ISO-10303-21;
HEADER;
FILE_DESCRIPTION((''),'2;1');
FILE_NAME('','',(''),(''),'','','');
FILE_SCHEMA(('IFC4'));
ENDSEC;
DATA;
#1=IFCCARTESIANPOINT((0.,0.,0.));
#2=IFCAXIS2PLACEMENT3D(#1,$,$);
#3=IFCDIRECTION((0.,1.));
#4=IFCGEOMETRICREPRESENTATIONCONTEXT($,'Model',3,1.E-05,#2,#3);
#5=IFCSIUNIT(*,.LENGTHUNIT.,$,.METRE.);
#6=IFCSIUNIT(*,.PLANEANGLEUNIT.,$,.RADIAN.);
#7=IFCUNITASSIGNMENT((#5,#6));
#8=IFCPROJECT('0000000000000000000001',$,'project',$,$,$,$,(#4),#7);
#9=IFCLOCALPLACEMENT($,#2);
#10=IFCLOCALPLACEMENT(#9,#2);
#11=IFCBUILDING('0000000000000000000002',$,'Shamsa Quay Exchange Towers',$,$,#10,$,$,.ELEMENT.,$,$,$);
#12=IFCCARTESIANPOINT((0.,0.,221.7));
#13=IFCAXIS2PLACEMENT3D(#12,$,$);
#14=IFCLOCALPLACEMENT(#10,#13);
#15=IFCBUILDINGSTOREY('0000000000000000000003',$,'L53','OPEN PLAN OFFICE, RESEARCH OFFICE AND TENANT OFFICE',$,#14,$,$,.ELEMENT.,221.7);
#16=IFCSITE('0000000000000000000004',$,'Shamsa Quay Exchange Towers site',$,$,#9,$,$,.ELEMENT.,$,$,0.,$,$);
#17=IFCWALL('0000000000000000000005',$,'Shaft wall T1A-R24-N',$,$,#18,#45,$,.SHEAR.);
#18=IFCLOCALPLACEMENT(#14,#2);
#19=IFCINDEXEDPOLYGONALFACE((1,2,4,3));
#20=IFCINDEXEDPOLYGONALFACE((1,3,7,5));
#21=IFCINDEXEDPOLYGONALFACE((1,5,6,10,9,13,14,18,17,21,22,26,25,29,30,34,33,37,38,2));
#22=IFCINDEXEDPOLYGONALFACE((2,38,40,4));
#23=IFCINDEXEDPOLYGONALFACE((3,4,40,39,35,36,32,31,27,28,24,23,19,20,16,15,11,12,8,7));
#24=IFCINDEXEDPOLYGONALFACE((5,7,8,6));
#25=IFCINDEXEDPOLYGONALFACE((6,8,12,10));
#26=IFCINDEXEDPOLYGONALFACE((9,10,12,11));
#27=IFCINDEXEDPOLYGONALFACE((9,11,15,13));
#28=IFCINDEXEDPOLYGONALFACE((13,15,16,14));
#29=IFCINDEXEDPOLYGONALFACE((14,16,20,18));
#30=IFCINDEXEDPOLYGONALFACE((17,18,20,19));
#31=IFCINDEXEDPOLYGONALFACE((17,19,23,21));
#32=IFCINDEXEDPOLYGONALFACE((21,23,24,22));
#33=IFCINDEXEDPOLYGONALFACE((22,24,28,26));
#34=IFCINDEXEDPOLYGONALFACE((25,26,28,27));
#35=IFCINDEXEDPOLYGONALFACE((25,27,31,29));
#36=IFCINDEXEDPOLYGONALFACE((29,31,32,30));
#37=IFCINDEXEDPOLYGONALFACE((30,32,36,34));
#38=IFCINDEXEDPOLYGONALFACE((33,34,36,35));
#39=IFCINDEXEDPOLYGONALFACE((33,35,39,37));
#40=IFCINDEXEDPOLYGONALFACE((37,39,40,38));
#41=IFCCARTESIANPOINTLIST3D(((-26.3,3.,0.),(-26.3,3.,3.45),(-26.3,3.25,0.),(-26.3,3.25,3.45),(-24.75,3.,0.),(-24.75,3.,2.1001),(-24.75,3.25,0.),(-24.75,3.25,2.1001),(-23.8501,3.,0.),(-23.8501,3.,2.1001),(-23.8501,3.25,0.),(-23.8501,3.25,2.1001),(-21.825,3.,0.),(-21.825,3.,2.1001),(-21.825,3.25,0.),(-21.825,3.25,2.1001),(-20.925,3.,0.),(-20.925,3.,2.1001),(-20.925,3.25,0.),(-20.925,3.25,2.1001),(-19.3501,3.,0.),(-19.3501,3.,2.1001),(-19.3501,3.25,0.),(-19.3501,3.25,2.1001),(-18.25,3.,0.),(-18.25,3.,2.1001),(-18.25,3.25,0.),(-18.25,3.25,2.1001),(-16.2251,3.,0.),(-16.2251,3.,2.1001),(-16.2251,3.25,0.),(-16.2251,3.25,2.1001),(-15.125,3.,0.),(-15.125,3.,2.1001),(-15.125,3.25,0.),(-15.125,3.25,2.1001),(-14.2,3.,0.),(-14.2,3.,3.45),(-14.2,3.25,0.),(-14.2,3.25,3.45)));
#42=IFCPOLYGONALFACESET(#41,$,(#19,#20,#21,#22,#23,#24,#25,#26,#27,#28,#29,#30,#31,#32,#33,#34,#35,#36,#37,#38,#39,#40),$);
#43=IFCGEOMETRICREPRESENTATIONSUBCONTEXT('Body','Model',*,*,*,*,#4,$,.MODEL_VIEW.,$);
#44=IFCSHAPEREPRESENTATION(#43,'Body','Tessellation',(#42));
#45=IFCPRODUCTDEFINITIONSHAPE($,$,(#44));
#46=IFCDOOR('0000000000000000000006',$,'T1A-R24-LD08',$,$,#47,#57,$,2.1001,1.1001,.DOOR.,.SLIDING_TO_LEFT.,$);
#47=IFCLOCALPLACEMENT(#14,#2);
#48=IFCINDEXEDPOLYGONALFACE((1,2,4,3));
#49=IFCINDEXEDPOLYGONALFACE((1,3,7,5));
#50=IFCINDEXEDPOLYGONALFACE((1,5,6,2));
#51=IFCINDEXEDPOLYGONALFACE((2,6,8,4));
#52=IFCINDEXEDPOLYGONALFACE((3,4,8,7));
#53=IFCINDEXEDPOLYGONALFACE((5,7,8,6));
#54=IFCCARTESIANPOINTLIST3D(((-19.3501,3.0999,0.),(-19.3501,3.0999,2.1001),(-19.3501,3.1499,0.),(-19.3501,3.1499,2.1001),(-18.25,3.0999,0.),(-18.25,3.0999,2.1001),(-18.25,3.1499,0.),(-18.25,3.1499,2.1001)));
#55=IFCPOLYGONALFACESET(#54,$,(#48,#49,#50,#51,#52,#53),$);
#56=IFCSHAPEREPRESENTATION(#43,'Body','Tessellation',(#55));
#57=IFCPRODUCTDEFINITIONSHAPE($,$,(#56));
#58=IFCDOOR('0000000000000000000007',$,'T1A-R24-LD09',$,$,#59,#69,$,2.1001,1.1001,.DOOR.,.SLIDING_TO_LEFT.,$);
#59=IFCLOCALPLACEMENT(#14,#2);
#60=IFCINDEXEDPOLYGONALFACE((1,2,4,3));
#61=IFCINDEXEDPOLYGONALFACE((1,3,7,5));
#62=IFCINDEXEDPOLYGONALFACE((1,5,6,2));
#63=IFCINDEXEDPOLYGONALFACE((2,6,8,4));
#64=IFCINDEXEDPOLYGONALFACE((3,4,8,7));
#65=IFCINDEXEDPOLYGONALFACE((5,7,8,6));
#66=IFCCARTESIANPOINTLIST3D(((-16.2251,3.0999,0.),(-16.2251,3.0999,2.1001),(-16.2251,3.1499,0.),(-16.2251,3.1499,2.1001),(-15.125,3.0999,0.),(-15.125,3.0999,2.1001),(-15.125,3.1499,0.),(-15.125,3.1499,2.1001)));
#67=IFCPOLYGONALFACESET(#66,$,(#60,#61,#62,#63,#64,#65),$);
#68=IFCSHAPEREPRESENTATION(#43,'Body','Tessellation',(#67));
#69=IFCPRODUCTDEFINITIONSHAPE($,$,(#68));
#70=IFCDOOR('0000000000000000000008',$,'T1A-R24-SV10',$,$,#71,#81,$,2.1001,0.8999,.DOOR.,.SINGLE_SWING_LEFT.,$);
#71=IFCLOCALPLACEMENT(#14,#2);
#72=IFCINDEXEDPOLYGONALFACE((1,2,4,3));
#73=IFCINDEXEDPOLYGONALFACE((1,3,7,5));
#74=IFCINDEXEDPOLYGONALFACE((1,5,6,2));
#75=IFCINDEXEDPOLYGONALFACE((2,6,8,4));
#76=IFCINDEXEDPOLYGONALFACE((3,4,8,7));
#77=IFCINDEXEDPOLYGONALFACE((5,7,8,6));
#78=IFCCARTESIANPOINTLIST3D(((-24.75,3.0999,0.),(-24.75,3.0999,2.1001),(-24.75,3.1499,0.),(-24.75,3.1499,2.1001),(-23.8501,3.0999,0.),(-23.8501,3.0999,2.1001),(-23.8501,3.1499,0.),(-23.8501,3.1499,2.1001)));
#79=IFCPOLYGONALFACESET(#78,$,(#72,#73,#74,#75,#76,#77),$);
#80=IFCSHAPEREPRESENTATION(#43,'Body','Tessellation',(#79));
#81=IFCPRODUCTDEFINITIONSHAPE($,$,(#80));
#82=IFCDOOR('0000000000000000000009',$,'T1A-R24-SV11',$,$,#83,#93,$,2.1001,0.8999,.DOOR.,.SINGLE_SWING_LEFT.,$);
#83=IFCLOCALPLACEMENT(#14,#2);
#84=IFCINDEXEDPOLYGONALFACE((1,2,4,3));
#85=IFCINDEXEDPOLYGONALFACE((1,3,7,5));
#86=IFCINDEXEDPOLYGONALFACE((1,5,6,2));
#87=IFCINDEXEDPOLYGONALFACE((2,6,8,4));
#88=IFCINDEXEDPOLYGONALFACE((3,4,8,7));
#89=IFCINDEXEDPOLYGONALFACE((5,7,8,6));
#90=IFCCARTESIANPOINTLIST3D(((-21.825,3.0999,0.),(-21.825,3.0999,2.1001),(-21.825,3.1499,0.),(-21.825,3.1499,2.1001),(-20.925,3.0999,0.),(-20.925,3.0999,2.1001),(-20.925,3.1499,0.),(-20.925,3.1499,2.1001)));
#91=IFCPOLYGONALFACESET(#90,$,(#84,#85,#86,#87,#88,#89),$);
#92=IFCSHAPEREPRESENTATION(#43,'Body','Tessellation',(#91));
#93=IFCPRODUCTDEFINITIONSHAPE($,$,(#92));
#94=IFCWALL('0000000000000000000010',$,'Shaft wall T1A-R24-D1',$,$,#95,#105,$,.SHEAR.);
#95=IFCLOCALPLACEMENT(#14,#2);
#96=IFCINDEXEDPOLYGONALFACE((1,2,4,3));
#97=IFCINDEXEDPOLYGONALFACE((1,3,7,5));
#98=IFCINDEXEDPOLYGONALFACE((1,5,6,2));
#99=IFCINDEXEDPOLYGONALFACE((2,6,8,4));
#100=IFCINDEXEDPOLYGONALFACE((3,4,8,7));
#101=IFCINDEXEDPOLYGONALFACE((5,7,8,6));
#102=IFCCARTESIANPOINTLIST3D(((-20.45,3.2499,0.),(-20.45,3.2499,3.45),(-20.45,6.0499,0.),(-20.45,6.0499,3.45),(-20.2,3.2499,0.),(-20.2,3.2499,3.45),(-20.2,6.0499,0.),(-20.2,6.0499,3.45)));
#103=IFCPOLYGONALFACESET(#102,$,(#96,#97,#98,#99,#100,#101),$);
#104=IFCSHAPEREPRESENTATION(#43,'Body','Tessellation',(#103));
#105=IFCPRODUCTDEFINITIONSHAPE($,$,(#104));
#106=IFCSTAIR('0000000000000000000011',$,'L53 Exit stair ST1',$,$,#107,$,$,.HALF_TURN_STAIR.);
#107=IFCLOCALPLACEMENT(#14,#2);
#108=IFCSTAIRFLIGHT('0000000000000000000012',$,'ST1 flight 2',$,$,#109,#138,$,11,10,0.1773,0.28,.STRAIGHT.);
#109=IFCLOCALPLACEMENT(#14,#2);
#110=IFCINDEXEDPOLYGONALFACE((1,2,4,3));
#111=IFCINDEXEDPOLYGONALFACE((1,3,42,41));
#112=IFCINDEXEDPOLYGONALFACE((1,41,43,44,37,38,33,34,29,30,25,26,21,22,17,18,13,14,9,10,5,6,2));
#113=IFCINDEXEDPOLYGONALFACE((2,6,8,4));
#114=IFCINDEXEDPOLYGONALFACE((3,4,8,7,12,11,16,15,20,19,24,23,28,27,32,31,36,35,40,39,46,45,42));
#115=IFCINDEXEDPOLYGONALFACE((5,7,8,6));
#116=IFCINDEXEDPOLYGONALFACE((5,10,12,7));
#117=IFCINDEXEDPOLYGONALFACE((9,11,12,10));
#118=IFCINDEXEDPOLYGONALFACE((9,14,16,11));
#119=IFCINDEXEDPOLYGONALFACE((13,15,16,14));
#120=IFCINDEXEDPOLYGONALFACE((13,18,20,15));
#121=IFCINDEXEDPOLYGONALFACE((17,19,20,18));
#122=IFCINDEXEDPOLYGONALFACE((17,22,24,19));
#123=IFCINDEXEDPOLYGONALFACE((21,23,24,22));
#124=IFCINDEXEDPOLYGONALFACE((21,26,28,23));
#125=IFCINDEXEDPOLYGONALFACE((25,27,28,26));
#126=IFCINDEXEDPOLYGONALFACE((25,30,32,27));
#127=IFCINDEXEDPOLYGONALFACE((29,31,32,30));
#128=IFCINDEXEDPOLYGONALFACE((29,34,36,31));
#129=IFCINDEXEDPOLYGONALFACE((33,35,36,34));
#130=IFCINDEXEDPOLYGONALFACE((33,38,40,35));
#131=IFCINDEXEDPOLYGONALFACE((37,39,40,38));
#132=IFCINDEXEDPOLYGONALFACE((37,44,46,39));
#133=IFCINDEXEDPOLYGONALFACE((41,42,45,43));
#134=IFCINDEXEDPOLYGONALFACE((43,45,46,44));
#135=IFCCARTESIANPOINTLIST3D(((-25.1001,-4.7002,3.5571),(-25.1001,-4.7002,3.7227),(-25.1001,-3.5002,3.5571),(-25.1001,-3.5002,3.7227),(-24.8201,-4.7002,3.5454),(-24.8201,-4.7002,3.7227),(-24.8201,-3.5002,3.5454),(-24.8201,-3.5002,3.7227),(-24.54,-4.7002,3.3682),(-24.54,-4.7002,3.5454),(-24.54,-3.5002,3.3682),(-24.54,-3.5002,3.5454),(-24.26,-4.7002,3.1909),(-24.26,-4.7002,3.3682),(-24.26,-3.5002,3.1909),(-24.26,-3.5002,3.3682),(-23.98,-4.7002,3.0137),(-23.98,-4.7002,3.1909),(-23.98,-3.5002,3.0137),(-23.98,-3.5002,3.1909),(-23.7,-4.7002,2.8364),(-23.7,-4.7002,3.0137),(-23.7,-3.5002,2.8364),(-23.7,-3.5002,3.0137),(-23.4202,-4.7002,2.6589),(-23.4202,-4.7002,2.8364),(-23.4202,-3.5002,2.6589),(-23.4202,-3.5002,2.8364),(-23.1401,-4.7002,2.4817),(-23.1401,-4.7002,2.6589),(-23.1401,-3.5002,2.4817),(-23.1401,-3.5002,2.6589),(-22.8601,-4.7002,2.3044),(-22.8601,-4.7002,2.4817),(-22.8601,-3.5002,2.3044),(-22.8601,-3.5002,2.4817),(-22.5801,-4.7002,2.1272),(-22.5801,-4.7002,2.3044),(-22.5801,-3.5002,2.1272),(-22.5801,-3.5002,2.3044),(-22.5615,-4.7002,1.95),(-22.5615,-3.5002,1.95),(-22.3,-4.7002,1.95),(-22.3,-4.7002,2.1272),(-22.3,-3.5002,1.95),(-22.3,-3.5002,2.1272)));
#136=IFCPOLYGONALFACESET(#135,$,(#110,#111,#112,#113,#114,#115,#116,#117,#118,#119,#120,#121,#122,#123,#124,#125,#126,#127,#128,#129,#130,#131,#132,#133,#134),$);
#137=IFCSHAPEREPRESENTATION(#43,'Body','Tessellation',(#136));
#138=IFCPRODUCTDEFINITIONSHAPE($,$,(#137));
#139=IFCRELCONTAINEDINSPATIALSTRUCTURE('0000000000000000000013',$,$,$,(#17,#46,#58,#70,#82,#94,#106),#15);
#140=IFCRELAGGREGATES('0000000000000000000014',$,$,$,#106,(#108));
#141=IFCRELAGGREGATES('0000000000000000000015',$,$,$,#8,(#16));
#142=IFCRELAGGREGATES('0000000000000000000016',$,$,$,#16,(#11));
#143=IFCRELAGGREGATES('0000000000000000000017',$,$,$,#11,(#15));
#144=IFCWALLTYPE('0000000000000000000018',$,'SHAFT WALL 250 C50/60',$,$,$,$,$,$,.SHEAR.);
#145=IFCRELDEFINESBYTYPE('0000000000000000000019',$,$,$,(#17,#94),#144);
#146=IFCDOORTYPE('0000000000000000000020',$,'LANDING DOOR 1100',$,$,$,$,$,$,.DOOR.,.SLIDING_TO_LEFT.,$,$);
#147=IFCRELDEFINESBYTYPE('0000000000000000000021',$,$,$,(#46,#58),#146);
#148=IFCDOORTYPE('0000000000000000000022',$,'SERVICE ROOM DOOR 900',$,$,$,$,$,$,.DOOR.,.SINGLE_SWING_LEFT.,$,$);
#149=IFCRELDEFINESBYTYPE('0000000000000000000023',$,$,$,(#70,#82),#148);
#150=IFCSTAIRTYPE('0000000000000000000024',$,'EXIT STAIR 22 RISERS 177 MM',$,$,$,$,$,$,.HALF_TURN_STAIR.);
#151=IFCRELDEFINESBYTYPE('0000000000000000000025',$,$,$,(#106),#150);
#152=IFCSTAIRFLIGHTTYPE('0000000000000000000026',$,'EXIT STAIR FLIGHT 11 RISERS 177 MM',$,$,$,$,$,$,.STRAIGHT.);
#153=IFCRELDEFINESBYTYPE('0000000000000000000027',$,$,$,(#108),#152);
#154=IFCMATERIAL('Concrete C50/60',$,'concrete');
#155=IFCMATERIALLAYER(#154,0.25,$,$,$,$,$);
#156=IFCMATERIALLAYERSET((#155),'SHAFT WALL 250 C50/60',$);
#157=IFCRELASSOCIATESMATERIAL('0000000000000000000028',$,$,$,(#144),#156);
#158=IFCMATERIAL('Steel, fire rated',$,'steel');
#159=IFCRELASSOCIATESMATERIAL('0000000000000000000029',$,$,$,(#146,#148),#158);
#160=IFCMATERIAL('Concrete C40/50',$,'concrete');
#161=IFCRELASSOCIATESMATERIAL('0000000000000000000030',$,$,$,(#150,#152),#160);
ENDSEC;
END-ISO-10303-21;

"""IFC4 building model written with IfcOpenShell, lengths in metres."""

from ifc_helpers import new_model, si_unit, direction, frame, frame_2d, origin, place, context, subcontext, project, spatial, polyline, rectangle, outline, extrude, material, layer, layer_set, type_object, element, fill, aggregate, save


model = new_model("IFC4")

# Units and contexts
model_context = context("Model", 3, precision=1e-05, world=origin(), true_north=direction((0.0, 1.0)))
body_context = subcontext(model_context, "Body", "Model", "MODEL_VIEW")
ifc_project = project(units=[si_unit("LENGTHUNIT", "METRE"), si_unit("PLANEANGLEUNIT", "RADIAN")], contexts=[model_context])

# Site, building, storey
site_placement = place(None, origin())
site = spatial("IfcSite", under=ifc_project, at=site_placement, Name="Shamsa Quay Exchange Towers site", CompositionType="ELEMENT", RefElevation=0.0)
building_placement = place(site_placement, origin())
building = spatial("IfcBuilding", under=site, at=building_placement, Name="Shamsa Quay Exchange Towers", CompositionType="ELEMENT")
storey_placement = place(building_placement, frame((0.0, 0.0, 221.7)))
storey = spatial("IfcBuildingStorey", under=building, at=storey_placement, Name="L53", Description="OPEN PLAN OFFICE, RESEARCH OFFICE AND TENANT OFFICE", CompositionType="ELEMENT", Elevation=221.7)

# Shared definitions
ifc_material_1 = material(Name="Steel, fire rated", Category="steel")

# Shared definitions
ifc_material_2 = material(Name="Concrete C50/60", Category="concrete")
ifc_layer_1 = layer(ifc_material_2, 0.25)
ifc_layer_set_1 = layer_set([ifc_layer_1], Name="SHAFT WALL 250 C50/60")
wall_type_1 = type_object("IfcWallType", Name="SHAFT WALL 250 C50/60", PredefinedType="SHEAR", material=ifc_layer_set_1)

# Wall, openings, doors
wall_1_placement = place(storey_placement, frame((-26.3, 3.125, 0.0)))
wall_1 = element("IfcWall", 1, at=wall_1_placement, inside=storey, type_object=wall_type_1, Name="Shaft wall T1A-R24-N", PredefinedType="SHEAR", context=body_context, shape_type="SweptSolid", body=[
    extrude(rectangle(XDim=12.1001, YDim=0.25, at=frame_2d((6.05, 0.0))), origin(), (0.0, 0.0, 1.0), 3.45),
])
opening_1_placement = place(wall_1_placement, frame((6.95, 0.0, 0.0)))
opening_1 = element("IfcOpeningElement", 2, at=opening_1_placement, cuts=wall_1, PredefinedType="OPENING", context=body_context, shape_type="SweptSolid", body=[
    extrude(rectangle(XDim=1.1001, YDim=2.1001, at=frame_2d((0.55, 1.05))), frame((0.0, 0.135, 0.0), z_axis=(0.0, -1.0, 0.0), x_axis=(1.0, 0.0, 0.0)), (0.0, 0.0, 1.0), 0.27),
])
opening_2_placement = place(wall_1_placement, frame((10.075, 0.0, 0.0)))
opening_2 = element("IfcOpeningElement", 3, at=opening_2_placement, cuts=wall_1, PredefinedType="OPENING", context=body_context, shape_type="SweptSolid", body=[
    extrude(rectangle(XDim=1.1001, YDim=2.1001, at=frame_2d((0.55, 1.05))), frame((0.0, 0.135, 0.0), z_axis=(0.0, -1.0, 0.0), x_axis=(1.0, 0.0, 0.0)), (0.0, 0.0, 1.0), 0.27),
])
opening_3_placement = place(wall_1_placement, frame((1.55, 0.0, 0.0)))
opening_3 = element("IfcOpeningElement", 4, at=opening_3_placement, cuts=wall_1, PredefinedType="OPENING", context=body_context, shape_type="SweptSolid", body=[
    extrude(rectangle(XDim=0.8999, YDim=2.1001, at=frame_2d((0.45, 1.05))), frame((0.0, 0.135, 0.0), z_axis=(0.0, -1.0, 0.0), x_axis=(1.0, 0.0, 0.0)), (0.0, 0.0, 1.0), 0.27),
])
opening_4_placement = place(wall_1_placement, frame((4.4751, 0.0, 0.0)))
opening_4 = element("IfcOpeningElement", 5, at=opening_4_placement, cuts=wall_1, PredefinedType="OPENING", context=body_context, shape_type="SweptSolid", body=[
    extrude(rectangle(XDim=0.8999, YDim=2.1001, at=frame_2d((0.45, 1.05))), frame((0.0, 0.135, 0.0), z_axis=(0.0, -1.0, 0.0), x_axis=(1.0, 0.0, 0.0)), (0.0, 0.0, 1.0), 0.27),
])
door_type_1 = type_object("IfcDoorType", Name="LANDING DOOR 1100", OperationType="SLIDING_TO_LEFT", PredefinedType="DOOR", material=ifc_material_1)
door_1_placement = place(opening_1_placement, origin())
door_1 = element("IfcDoor", 6, at=door_1_placement, inside=storey, type_object=door_type_1, Name="T1A-R24-LD08", OperationType="SLIDING_TO_LEFT", OverallHeight=2.1001, OverallWidth=1.1001, PredefinedType="DOOR", context=body_context, shape_type="SweptSolid", body=[
    extrude(rectangle(XDim=1.1001, YDim=2.1001, at=frame_2d((0.55, 1.05))), frame((0.0, 0.0249, 0.0), z_axis=(0.0, -1.0, 0.0), x_axis=(1.0, 0.0, 0.0)), (0.0, 0.0, 1.0), 0.05),
])
fill(opening_1, door_1)
door_2_placement = place(opening_2_placement, origin())
door_2 = element("IfcDoor", 7, at=door_2_placement, inside=storey, type_object=door_type_1, Name="T1A-R24-LD09", OperationType="SLIDING_TO_LEFT", OverallHeight=2.1001, OverallWidth=1.1001, PredefinedType="DOOR", context=body_context, shape_type="SweptSolid", body=[
    extrude(rectangle(XDim=1.1001, YDim=2.1001, at=frame_2d((0.55, 1.05))), frame((0.0, 0.0249, 0.0), z_axis=(0.0, -1.0, 0.0), x_axis=(1.0, 0.0, 0.0)), (0.0, 0.0, 1.0), 0.05),
])
fill(opening_2, door_2)
door_type_2 = type_object("IfcDoorType", Name="SERVICE ROOM DOOR 900", OperationType="SINGLE_SWING_LEFT", PredefinedType="DOOR", material=ifc_material_1)
door_3_placement = place(opening_3_placement, origin())
door_3 = element("IfcDoor", 8, at=door_3_placement, inside=storey, type_object=door_type_2, Name="T1A-R24-SV10", OperationType="SINGLE_SWING_LEFT", OverallHeight=2.1001, OverallWidth=0.8999, PredefinedType="DOOR", context=body_context, shape_type="SweptSolid", body=[
    extrude(rectangle(XDim=0.8999, YDim=2.1001, at=frame_2d((0.45, 1.05))), frame((0.0, 0.0249, 0.0), z_axis=(0.0, -1.0, 0.0), x_axis=(1.0, 0.0, 0.0)), (0.0, 0.0, 1.0), 0.05),
])
fill(opening_3, door_3)
door_4_placement = place(opening_4_placement, origin())
door_4 = element("IfcDoor", 9, at=door_4_placement, inside=storey, type_object=door_type_2, Name="T1A-R24-SV11", OperationType="SINGLE_SWING_LEFT", OverallHeight=2.1001, OverallWidth=0.8999, PredefinedType="DOOR", context=body_context, shape_type="SweptSolid", body=[
    extrude(rectangle(XDim=0.8999, YDim=2.1001, at=frame_2d((0.45, 1.05))), frame((0.0, 0.0249, 0.0), z_axis=(0.0, -1.0, 0.0), x_axis=(1.0, 0.0, 0.0)), (0.0, 0.0, 1.0), 0.05),
])
fill(opening_4, door_4)

# Wall
wall_2_placement = place(storey_placement, frame((-20.325, 3.25, 0.0), z_axis=(0.0, 0.0, 1.0), x_axis=(0.0, 1.0, 0.0)))
element("IfcWall", 10, at=wall_2_placement, inside=storey, type_object=wall_type_1, Name="Shaft wall T1A-R24-D1", PredefinedType="SHEAR", context=body_context, shape_type="SweptSolid", body=[
    extrude(rectangle(XDim=2.8, YDim=0.25, at=frame_2d((1.3999, 0.0))), origin(), (0.0, 0.0, 1.0), 3.45),
])

# Stair, stair flight
ifc_material_3 = material(Name="Concrete C40/50", Category="concrete")
stair_type = type_object("IfcStairType", Name="EXIT STAIR 22 RISERS 177 MM", PredefinedType="HALF_TURN_STAIR", material=ifc_material_3)
stair_placement = place(storey_placement, origin())
stair = element("IfcStair", 11, at=stair_placement, inside=storey, type_object=stair_type, Name="L53 Exit stair ST1", PredefinedType="HALF_TURN_STAIR")
stair_flight_type = type_object("IfcStairFlightType", Name="EXIT STAIR FLIGHT 11 RISERS 177 MM", PredefinedType="STRAIGHT", material=ifc_material_3)
stair_flight_placement = place(storey_placement, frame((-22.3, -4.1001, 1.95), z_axis=(0.0, 0.0, 1.0), x_axis=(-1.0, 0.0, 0.0)))
stair_flight = element("IfcStairFlight", 12, at=stair_flight_placement, type_object=stair_flight_type, Name="ST1 flight 2", NumberOfRisers=11, NumberOfTreads=10, PredefinedType="STRAIGHT", RiserHeight=0.1773, TreadLength=0.28, context=body_context, shape_type="SweptSolid", body=[
    extrude(outline(polyline([(0.0, 0.0), (0.0, 0.1772), (0.28, 0.1772), (0.28, 0.3545), (0.5601, 0.3545), (0.5601, 0.5317), (0.8401, 0.5317), (0.8401, 0.709), (1.1201, 0.709), (1.1201, 0.8865), (1.3999, 0.8865), (1.3999, 1.0637), (1.6799, 1.0637), (1.6799, 1.241), (1.96, 1.241), (1.96, 1.4182), (2.24, 1.4182), (2.24, 1.5955), (2.52, 1.5955), (2.52, 1.7727), (2.8, 1.7727), (2.8, 1.95), (2.8, 1.6072), (0.2615, 0.0), (0.0, 0.0)])), frame((0.0, 0.6001, 0.0), z_axis=(0.0, -1.0, 0.0), x_axis=(1.0, 0.0, 0.0)), (0.0, 0.0, 1.0), 1.2),
])
aggregate(stair, [stair_flight])

save(model, "model.ifc")
